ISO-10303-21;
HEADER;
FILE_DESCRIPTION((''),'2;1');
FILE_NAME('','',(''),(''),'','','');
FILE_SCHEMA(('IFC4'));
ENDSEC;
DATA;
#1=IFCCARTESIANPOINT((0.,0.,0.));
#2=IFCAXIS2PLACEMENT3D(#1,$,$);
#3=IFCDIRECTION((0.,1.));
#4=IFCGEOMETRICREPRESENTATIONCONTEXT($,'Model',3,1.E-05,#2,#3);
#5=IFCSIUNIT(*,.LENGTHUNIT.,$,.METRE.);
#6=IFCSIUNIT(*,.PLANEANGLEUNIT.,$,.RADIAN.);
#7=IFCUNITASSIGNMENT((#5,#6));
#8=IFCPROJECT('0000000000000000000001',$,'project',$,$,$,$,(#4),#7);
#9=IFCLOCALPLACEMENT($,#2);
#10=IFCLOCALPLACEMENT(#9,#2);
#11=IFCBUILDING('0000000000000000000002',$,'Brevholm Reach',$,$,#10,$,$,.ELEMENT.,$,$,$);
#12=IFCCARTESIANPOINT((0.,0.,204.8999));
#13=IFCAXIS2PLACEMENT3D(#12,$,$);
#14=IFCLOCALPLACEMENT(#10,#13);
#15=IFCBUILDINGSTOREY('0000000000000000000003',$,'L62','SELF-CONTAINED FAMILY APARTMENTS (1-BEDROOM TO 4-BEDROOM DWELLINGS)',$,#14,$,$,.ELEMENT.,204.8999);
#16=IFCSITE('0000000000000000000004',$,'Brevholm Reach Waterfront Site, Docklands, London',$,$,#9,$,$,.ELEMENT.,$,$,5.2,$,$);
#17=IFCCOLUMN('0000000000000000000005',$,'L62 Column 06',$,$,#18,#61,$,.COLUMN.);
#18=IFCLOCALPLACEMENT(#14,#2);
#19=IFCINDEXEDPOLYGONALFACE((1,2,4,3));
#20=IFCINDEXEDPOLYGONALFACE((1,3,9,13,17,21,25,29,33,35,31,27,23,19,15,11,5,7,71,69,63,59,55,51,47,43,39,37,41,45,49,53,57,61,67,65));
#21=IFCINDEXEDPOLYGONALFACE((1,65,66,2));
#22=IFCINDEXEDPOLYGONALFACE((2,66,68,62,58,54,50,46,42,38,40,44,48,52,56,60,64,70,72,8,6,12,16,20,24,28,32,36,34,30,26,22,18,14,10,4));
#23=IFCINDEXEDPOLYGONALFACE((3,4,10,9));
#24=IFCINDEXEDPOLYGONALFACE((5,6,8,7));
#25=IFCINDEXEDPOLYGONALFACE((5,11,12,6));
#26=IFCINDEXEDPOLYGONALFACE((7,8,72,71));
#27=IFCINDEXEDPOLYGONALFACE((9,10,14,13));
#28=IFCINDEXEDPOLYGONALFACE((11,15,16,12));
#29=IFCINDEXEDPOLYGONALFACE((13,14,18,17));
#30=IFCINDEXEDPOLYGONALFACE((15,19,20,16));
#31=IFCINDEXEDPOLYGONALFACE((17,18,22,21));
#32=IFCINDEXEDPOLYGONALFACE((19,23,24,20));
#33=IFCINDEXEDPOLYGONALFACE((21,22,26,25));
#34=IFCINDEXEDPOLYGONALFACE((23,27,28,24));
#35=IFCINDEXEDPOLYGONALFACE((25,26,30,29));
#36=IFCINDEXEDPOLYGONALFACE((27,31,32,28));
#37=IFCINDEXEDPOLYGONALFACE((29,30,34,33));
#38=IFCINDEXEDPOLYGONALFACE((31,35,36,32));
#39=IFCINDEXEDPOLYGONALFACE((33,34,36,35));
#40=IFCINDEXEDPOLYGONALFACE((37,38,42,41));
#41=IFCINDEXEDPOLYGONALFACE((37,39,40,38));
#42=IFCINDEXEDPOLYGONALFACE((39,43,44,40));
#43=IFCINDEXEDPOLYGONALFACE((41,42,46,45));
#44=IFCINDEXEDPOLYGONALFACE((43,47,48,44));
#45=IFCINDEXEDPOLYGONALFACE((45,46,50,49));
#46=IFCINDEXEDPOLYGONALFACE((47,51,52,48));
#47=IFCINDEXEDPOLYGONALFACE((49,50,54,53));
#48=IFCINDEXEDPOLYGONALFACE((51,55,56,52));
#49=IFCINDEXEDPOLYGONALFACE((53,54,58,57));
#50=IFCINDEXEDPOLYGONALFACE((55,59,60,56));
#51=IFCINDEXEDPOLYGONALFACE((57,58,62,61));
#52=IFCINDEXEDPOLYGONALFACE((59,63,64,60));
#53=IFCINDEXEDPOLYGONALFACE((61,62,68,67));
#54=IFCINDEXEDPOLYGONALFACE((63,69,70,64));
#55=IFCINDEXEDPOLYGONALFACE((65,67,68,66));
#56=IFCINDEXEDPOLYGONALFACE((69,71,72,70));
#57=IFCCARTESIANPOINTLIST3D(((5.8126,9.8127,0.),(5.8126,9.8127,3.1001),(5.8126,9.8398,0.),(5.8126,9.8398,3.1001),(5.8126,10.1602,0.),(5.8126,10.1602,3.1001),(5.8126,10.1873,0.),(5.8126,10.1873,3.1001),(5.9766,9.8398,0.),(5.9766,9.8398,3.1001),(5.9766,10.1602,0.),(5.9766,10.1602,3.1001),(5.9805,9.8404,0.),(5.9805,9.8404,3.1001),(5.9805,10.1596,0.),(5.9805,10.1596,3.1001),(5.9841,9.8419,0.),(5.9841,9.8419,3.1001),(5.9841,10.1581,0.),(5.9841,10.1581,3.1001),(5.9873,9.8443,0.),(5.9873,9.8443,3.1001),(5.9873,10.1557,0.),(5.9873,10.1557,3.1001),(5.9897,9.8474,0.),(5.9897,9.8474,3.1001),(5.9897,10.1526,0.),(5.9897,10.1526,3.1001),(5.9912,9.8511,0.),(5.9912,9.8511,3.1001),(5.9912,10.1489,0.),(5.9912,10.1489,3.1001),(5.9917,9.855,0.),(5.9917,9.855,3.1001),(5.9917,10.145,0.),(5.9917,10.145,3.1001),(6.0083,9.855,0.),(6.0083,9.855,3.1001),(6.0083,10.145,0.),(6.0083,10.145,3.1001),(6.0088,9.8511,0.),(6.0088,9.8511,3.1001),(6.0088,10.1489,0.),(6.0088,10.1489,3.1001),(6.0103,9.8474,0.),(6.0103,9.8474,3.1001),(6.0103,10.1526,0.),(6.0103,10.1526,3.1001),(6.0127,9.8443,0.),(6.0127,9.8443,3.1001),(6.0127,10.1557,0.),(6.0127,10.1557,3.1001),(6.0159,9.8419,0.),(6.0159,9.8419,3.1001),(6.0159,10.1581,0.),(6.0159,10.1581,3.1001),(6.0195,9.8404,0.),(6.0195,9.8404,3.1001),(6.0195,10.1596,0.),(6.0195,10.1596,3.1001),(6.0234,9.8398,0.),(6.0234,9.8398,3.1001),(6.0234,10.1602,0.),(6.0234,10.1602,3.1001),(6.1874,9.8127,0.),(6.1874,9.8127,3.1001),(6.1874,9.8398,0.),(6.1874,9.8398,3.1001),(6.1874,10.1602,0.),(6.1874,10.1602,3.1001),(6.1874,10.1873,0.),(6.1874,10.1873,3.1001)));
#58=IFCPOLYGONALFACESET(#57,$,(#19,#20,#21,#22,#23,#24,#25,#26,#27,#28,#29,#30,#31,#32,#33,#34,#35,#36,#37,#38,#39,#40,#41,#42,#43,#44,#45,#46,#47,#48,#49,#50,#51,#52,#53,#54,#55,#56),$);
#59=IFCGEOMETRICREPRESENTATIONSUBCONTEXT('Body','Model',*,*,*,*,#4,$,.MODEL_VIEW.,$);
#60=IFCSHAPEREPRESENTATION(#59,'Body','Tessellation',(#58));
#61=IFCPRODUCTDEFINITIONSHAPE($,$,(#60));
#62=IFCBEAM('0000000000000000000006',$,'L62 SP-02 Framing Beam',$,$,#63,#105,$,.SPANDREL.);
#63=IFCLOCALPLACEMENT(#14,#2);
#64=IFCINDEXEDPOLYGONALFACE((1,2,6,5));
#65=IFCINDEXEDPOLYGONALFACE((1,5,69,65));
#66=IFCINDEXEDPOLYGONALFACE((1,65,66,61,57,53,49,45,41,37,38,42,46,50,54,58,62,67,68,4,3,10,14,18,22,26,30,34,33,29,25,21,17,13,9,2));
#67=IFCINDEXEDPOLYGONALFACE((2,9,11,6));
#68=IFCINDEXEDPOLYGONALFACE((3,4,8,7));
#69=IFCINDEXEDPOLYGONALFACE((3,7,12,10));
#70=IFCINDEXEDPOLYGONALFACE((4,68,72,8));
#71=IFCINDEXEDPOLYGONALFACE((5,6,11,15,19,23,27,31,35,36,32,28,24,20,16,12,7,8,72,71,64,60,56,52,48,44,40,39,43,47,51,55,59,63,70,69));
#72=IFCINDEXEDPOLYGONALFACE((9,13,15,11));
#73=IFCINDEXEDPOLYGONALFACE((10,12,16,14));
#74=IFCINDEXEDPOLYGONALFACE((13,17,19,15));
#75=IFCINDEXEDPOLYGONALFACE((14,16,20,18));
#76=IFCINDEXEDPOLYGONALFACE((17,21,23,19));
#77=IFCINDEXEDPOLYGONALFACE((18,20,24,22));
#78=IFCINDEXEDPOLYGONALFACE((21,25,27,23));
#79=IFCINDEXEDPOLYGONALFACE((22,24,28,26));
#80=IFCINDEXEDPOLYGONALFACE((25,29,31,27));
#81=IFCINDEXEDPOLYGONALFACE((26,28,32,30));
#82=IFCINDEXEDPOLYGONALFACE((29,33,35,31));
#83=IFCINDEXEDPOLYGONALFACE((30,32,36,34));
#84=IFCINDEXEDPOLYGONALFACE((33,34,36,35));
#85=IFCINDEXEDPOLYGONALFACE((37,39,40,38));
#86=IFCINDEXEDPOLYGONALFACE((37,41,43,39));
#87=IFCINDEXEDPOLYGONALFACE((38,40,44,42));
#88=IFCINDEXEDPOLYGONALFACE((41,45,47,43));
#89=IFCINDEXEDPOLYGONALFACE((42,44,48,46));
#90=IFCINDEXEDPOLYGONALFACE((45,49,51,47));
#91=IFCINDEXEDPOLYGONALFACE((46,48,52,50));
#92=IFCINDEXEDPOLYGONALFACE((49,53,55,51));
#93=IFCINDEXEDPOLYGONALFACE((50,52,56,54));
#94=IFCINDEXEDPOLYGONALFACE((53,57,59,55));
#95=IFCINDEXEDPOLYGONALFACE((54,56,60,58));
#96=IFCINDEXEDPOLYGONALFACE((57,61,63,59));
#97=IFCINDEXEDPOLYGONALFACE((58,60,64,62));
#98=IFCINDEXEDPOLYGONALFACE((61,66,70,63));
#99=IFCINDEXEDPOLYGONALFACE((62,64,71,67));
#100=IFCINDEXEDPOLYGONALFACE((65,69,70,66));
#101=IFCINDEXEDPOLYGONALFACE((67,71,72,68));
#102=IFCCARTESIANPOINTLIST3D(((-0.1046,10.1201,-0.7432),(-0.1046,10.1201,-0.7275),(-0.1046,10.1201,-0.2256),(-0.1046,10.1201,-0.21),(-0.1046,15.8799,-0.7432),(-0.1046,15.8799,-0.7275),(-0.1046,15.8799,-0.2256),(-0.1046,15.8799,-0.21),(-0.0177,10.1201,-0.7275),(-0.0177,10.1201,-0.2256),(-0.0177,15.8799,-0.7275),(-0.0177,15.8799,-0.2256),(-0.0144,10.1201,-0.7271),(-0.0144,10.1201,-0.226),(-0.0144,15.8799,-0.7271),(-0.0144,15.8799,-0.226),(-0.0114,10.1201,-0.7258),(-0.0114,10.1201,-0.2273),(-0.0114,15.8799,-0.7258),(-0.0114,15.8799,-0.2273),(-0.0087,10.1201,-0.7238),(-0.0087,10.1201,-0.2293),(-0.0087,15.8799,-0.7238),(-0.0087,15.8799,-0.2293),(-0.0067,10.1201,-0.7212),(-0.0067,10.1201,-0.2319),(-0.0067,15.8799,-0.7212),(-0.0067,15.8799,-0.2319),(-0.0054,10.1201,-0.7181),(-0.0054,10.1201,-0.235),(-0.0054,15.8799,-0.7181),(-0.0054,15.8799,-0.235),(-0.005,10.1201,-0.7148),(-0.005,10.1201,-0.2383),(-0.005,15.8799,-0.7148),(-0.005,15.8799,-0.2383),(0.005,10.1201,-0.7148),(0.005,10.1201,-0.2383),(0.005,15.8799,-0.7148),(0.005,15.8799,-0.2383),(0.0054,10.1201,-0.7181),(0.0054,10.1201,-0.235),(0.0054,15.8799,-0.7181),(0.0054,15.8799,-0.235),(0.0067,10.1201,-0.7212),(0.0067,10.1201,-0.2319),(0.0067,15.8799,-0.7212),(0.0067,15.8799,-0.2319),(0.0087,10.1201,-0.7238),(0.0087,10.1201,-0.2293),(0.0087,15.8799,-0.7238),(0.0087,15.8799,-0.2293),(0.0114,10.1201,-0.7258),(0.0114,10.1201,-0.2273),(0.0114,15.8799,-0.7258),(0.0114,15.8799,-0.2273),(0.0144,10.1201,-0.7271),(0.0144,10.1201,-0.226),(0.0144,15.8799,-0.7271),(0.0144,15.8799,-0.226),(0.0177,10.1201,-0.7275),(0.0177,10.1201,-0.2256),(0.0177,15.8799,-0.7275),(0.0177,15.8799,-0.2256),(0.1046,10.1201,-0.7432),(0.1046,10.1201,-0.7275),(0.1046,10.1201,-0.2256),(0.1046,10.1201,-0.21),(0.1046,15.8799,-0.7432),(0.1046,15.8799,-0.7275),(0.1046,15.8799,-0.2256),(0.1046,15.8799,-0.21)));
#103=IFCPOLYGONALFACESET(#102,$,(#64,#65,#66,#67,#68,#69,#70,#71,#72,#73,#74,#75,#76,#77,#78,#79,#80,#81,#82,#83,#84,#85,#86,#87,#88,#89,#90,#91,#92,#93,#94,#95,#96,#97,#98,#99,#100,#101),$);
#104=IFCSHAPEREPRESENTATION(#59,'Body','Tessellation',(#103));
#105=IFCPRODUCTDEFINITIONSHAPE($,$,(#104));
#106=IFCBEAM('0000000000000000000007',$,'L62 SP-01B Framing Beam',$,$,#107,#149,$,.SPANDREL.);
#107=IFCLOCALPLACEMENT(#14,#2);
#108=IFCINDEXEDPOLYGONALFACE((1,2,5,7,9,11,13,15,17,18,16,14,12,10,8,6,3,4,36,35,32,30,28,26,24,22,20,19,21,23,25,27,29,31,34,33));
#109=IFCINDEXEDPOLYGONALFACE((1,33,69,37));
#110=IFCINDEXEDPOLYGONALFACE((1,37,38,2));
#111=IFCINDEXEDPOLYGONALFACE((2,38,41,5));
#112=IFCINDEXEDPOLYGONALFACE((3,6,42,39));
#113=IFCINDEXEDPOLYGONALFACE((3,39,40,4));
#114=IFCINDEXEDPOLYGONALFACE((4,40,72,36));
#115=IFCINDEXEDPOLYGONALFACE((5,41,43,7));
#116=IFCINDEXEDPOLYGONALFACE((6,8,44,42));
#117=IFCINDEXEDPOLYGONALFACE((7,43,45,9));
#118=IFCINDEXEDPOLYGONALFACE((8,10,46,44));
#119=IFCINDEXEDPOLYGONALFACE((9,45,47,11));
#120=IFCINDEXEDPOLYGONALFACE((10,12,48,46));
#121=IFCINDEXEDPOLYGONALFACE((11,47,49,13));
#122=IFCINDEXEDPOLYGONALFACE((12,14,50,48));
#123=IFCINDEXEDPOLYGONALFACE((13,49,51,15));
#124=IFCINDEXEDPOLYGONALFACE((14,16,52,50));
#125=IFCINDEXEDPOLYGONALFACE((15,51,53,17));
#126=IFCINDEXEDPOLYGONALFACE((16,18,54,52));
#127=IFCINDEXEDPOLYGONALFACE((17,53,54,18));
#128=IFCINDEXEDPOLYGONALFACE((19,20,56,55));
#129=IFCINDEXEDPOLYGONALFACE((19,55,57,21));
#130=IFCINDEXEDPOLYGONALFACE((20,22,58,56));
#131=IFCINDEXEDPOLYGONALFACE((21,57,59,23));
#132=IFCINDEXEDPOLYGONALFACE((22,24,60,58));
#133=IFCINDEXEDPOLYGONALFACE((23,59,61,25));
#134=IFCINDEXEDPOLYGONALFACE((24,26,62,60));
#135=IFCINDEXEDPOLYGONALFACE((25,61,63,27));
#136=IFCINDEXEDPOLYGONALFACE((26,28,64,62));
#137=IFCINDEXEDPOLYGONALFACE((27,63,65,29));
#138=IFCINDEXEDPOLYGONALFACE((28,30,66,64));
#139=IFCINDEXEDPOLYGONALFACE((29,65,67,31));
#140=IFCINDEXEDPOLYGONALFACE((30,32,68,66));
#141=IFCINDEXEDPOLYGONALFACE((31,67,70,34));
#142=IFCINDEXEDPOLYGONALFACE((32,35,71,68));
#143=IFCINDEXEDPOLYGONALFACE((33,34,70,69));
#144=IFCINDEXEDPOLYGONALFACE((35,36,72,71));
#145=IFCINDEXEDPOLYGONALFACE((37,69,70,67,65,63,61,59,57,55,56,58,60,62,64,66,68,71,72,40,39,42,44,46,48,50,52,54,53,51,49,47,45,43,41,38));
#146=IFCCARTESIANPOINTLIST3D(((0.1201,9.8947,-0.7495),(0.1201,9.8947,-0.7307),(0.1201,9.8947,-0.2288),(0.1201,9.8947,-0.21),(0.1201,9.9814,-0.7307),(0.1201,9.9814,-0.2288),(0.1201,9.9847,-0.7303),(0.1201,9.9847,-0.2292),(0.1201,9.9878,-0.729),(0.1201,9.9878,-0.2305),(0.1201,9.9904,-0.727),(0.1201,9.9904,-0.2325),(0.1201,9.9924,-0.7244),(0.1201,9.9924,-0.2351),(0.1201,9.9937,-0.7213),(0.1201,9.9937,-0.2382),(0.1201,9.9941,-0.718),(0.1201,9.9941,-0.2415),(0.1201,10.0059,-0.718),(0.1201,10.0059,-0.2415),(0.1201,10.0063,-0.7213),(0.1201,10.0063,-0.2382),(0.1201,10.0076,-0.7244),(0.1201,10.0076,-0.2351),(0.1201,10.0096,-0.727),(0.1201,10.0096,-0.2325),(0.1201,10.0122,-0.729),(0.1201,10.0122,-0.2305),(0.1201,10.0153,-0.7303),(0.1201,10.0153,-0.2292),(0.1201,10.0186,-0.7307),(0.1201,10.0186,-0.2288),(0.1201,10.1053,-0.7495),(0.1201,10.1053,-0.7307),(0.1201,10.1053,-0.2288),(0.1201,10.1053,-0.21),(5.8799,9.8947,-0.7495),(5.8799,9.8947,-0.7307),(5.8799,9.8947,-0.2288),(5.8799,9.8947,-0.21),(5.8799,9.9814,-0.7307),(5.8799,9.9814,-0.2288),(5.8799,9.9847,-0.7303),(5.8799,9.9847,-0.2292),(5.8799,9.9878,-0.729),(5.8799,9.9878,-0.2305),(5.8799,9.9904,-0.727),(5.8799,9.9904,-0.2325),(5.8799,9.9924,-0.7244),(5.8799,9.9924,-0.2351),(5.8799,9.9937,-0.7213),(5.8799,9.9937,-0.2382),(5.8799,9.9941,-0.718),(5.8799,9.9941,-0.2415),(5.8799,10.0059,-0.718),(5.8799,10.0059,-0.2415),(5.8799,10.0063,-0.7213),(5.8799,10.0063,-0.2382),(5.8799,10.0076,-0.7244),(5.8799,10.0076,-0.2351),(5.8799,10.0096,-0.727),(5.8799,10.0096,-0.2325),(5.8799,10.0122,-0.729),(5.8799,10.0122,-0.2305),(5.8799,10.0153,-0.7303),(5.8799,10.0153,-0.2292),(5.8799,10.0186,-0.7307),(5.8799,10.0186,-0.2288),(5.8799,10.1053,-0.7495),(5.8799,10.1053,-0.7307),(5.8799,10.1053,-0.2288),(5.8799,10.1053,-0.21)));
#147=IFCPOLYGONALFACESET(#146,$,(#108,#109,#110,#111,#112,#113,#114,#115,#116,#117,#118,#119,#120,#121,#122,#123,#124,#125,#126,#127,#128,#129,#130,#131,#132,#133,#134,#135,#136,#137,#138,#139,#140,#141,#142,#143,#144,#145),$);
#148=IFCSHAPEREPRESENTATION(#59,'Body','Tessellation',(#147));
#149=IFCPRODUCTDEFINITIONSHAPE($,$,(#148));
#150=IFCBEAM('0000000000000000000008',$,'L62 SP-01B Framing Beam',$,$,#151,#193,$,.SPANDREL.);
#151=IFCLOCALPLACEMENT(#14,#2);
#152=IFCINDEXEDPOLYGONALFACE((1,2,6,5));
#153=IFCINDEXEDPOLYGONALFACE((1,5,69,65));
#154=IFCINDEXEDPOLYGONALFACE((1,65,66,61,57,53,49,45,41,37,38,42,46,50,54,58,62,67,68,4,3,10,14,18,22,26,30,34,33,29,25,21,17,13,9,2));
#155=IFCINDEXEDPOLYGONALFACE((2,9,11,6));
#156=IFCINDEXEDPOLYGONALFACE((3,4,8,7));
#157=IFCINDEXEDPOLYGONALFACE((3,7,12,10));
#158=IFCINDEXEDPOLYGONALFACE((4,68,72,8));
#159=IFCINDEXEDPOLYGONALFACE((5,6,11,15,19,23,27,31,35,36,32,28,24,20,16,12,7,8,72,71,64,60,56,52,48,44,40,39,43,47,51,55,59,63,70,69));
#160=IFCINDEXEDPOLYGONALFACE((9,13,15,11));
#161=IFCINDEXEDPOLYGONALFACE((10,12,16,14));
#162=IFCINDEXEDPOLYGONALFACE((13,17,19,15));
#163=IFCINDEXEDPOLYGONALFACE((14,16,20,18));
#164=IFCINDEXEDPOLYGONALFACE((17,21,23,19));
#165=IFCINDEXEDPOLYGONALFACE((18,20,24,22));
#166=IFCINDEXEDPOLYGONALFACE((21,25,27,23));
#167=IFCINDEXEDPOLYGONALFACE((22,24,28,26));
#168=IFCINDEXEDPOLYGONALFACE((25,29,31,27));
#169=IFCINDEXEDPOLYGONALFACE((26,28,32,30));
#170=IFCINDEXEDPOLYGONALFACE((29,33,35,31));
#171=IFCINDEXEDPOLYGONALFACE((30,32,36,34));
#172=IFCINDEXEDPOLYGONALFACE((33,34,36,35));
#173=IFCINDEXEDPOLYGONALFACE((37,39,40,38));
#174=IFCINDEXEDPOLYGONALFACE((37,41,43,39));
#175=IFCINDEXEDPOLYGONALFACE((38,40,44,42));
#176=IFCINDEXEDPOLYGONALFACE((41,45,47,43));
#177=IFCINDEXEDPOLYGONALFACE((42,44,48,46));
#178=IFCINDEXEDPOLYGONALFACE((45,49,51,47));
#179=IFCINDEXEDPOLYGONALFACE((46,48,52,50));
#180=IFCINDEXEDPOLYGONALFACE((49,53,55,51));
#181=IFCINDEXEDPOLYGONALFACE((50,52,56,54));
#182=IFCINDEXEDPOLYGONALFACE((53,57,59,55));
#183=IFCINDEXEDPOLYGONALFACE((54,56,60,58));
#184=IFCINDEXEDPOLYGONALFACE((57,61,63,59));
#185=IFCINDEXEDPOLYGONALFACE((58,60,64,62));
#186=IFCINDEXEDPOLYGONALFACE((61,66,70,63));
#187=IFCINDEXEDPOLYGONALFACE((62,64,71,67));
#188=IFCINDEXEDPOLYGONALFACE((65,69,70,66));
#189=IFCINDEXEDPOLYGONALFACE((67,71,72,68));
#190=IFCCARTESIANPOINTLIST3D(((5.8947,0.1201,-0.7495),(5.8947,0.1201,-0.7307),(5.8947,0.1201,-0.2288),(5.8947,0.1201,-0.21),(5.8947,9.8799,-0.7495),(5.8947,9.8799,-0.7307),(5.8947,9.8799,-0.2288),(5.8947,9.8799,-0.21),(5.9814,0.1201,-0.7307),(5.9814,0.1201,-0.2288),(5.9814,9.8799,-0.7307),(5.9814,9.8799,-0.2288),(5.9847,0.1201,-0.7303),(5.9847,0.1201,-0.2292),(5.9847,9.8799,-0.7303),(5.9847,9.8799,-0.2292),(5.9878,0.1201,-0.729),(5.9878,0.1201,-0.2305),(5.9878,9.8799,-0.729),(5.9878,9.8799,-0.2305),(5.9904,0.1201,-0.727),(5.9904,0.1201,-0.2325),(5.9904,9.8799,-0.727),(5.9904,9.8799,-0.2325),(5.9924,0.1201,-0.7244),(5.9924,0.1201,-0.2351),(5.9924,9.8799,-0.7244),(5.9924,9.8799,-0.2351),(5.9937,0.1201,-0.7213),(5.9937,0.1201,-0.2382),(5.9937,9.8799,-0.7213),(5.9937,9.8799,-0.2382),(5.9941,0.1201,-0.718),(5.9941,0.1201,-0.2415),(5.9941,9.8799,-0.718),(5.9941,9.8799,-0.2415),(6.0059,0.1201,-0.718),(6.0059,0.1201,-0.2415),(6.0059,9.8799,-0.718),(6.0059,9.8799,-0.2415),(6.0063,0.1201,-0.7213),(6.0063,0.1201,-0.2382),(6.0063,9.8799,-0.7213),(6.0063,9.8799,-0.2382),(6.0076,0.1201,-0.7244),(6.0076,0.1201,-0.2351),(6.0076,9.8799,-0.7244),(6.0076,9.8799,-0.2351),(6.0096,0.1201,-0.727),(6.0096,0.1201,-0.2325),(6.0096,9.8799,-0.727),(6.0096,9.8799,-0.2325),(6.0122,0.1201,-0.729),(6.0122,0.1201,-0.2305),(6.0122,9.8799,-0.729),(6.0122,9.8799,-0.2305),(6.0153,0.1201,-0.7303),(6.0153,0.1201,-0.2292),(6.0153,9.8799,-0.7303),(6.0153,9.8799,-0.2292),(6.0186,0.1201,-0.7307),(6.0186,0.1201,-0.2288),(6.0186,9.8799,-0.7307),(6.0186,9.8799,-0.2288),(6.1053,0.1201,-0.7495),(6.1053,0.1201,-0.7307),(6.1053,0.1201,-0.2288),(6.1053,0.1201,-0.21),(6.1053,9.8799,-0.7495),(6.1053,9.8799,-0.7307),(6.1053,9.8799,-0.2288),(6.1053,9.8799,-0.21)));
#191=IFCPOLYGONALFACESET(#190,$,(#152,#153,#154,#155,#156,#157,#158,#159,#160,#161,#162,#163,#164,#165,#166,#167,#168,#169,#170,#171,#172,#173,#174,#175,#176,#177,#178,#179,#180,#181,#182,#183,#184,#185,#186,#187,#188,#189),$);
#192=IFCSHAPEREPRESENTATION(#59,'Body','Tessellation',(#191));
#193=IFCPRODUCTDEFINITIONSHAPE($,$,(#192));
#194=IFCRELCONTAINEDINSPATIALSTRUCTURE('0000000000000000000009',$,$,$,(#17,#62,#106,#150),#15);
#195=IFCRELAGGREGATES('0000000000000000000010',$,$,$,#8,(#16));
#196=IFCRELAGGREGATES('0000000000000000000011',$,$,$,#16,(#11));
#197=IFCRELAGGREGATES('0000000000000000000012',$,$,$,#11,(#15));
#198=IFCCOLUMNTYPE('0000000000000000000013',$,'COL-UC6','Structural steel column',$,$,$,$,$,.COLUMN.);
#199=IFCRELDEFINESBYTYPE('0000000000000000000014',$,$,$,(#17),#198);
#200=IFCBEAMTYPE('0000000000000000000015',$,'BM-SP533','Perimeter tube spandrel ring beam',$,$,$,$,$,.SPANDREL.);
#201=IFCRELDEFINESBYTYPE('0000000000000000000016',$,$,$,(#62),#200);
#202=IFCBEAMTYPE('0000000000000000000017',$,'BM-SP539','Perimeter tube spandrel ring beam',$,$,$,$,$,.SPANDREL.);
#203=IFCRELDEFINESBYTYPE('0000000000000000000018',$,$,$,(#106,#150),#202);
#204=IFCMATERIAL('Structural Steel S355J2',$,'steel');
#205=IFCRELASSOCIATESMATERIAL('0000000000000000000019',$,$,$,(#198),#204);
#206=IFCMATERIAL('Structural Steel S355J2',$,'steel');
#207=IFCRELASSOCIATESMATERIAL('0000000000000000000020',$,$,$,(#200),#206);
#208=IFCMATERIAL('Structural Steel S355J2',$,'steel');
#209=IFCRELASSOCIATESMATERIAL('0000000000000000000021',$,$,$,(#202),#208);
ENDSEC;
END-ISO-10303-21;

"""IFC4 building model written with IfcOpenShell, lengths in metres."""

from ifc_helpers import new_model, si_unit, direction, frame, origin, origin_2d, place, context, subcontext, project, spatial, i_section, extrude, material, material_profile, profile_set, type_object, element, save


model = new_model("IFC4")

# Units and contexts
model_context = context("Model", 3, precision=1e-05, world=origin(), true_north=direction((0.0, 1.0)))
body_context = subcontext(model_context, "Body", "Model", "MODEL_VIEW")
ifc_project = project(units=[si_unit("LENGTHUNIT", "METRE"), si_unit("PLANEANGLEUNIT", "RADIAN")], contexts=[model_context])

# Site, building, storey
site_placement = place(None, origin())
site = spatial("IfcSite", under=ifc_project, at=site_placement, Name="Brevholm Reach Waterfront Site, Docklands, London", CompositionType="ELEMENT", RefElevation=5.2)
building_placement = place(site_placement, origin())
building = spatial("IfcBuilding", under=site, at=building_placement, Name="Brevholm Reach", CompositionType="ELEMENT")
storey_placement = place(building_placement, frame((0.0, 0.0, 204.8999)))
storey = spatial("IfcBuildingStorey", under=building, at=storey_placement, Name="L62", Description="SELF-CONTAINED FAMILY APARTMENTS (1-BEDROOM TO 4-BEDROOM DWELLINGS)", CompositionType="ELEMENT", Elevation=204.8999)

# Column
ifc_material_1 = material(Name="Structural Steel S355J2", Category="steel")
ifc_material_profile_1 = material_profile(ifc_material_1, i_section(OverallWidth=0.3748, OverallDepth=0.3745, WebThickness=0.0166, FlangeThickness=0.0271, FilletRadius=0.0151, at=origin_2d()), Name="UKC 356x368x202")
ifc_profile_set_1 = profile_set([ifc_material_profile_1], Name="Structural Steel S355J2")
column_type_1 = type_object("IfcColumnType", Name="COL-UC6", Description="Structural steel column", PredefinedType="COLUMN", material=ifc_profile_set_1)
for number, where, z_axis, x_axis, name in (
    (1, (6.0, 10.0, 0.0), (0.0, 0.0, 1.0), (1.0, 0.0, 0.0), "L62 Column 06"),
):
    element("IfcColumn", number, at=place(storey_placement, frame(where, z_axis=z_axis, x_axis=x_axis)), inside=storey, type_object=column_type_1, Name=name, PredefinedType="COLUMN", context=body_context, shape_type="SweptSolid", body=[
        extrude(i_section(OverallWidth=0.3748, OverallDepth=0.3745, WebThickness=0.0166, FlangeThickness=0.0271, FilletRadius=0.0151, at=origin_2d()), origin(), (0.0, 0.0, 1.0), 3.1001),
    ])

# Beams
ifc_material_2 = material(Name="Structural Steel S355J2", Category="steel")
ifc_material_profile_2 = material_profile(ifc_material_2, i_section(OverallWidth=0.2092, OverallDepth=0.5332, WebThickness=0.01, FlangeThickness=0.0156, FilletRadius=0.0127, at=origin_2d()), Name="UKB 533x210x92")
ifc_profile_set_2 = profile_set([ifc_material_profile_2], Name="Structural Steel S355J2")
beam_type_1 = type_object("IfcBeamType", Name="BM-SP533", Description="Perimeter tube spandrel ring beam", PredefinedType="SPANDREL", material=ifc_profile_set_2)
beam_1_placement = place(storey_placement, frame((0.0, 10.1201, -0.4766), z_axis=(0.0, 1.0, 0.0), x_axis=(-1.0, 0.0, 0.0)))
element("IfcBeam", 2, at=beam_1_placement, inside=storey, type_object=beam_type_1, Name="L62 SP-02 Framing Beam", PredefinedType="SPANDREL", context=body_context, shape_type="SweptSolid", body=[
    extrude(i_section(OverallWidth=0.2092, OverallDepth=0.5332, WebThickness=0.01, FlangeThickness=0.0156, FilletRadius=0.0127, at=origin_2d()), origin(), (0.0, 0.0, 1.0), 5.7598),
])
ifc_material_3 = material(Name="Structural Steel S355J2", Category="steel")
ifc_material_profile_3 = material_profile(ifc_material_3, i_section(OverallWidth=0.2107, OverallDepth=0.5396, WebThickness=0.0117, FlangeThickness=0.0188, FilletRadius=0.0127, at=origin_2d()), Name="UKB 533x210x109")
ifc_profile_set_3 = profile_set([ifc_material_profile_3], Name="Structural Steel S355J2")
beam_type_2 = type_object("IfcBeamType", Name="BM-SP539", Description="Perimeter tube spandrel ring beam", PredefinedType="SPANDREL", material=ifc_profile_set_3)
beam_2_placement = place(storey_placement, frame((0.1201, 10.0, -0.4797), z_axis=(1.0, 0.0, 0.0), x_axis=(0.0, 1.0, 0.0)))
element("IfcBeam", 3, at=beam_2_placement, inside=storey, type_object=beam_type_2, Name="L62 SP-01B Framing Beam", PredefinedType="SPANDREL", context=body_context, shape_type="SweptSolid", body=[
    extrude(i_section(OverallWidth=0.2107, OverallDepth=0.5396, WebThickness=0.0117, FlangeThickness=0.0188, FilletRadius=0.0127, at=origin_2d()), origin(), (0.0, 0.0, 1.0), 5.7598),
])
beam_3_placement = place(storey_placement, frame((6.0, 0.1201, -0.4797), z_axis=(0.0, 1.0, 0.0), x_axis=(-1.0, 0.0, 0.0)))
element("IfcBeam", 4, at=beam_3_placement, inside=storey, type_object=beam_type_2, Name="L62 SP-01B Framing Beam", PredefinedType="SPANDREL", context=body_context, shape_type="SweptSolid", body=[
    extrude(i_section(OverallWidth=0.2107, OverallDepth=0.5396, WebThickness=0.0117, FlangeThickness=0.0188, FilletRadius=0.0127, at=origin_2d()), origin(), (0.0, 0.0, 1.0), 9.7598),
])

save(model, "model.ifc")
